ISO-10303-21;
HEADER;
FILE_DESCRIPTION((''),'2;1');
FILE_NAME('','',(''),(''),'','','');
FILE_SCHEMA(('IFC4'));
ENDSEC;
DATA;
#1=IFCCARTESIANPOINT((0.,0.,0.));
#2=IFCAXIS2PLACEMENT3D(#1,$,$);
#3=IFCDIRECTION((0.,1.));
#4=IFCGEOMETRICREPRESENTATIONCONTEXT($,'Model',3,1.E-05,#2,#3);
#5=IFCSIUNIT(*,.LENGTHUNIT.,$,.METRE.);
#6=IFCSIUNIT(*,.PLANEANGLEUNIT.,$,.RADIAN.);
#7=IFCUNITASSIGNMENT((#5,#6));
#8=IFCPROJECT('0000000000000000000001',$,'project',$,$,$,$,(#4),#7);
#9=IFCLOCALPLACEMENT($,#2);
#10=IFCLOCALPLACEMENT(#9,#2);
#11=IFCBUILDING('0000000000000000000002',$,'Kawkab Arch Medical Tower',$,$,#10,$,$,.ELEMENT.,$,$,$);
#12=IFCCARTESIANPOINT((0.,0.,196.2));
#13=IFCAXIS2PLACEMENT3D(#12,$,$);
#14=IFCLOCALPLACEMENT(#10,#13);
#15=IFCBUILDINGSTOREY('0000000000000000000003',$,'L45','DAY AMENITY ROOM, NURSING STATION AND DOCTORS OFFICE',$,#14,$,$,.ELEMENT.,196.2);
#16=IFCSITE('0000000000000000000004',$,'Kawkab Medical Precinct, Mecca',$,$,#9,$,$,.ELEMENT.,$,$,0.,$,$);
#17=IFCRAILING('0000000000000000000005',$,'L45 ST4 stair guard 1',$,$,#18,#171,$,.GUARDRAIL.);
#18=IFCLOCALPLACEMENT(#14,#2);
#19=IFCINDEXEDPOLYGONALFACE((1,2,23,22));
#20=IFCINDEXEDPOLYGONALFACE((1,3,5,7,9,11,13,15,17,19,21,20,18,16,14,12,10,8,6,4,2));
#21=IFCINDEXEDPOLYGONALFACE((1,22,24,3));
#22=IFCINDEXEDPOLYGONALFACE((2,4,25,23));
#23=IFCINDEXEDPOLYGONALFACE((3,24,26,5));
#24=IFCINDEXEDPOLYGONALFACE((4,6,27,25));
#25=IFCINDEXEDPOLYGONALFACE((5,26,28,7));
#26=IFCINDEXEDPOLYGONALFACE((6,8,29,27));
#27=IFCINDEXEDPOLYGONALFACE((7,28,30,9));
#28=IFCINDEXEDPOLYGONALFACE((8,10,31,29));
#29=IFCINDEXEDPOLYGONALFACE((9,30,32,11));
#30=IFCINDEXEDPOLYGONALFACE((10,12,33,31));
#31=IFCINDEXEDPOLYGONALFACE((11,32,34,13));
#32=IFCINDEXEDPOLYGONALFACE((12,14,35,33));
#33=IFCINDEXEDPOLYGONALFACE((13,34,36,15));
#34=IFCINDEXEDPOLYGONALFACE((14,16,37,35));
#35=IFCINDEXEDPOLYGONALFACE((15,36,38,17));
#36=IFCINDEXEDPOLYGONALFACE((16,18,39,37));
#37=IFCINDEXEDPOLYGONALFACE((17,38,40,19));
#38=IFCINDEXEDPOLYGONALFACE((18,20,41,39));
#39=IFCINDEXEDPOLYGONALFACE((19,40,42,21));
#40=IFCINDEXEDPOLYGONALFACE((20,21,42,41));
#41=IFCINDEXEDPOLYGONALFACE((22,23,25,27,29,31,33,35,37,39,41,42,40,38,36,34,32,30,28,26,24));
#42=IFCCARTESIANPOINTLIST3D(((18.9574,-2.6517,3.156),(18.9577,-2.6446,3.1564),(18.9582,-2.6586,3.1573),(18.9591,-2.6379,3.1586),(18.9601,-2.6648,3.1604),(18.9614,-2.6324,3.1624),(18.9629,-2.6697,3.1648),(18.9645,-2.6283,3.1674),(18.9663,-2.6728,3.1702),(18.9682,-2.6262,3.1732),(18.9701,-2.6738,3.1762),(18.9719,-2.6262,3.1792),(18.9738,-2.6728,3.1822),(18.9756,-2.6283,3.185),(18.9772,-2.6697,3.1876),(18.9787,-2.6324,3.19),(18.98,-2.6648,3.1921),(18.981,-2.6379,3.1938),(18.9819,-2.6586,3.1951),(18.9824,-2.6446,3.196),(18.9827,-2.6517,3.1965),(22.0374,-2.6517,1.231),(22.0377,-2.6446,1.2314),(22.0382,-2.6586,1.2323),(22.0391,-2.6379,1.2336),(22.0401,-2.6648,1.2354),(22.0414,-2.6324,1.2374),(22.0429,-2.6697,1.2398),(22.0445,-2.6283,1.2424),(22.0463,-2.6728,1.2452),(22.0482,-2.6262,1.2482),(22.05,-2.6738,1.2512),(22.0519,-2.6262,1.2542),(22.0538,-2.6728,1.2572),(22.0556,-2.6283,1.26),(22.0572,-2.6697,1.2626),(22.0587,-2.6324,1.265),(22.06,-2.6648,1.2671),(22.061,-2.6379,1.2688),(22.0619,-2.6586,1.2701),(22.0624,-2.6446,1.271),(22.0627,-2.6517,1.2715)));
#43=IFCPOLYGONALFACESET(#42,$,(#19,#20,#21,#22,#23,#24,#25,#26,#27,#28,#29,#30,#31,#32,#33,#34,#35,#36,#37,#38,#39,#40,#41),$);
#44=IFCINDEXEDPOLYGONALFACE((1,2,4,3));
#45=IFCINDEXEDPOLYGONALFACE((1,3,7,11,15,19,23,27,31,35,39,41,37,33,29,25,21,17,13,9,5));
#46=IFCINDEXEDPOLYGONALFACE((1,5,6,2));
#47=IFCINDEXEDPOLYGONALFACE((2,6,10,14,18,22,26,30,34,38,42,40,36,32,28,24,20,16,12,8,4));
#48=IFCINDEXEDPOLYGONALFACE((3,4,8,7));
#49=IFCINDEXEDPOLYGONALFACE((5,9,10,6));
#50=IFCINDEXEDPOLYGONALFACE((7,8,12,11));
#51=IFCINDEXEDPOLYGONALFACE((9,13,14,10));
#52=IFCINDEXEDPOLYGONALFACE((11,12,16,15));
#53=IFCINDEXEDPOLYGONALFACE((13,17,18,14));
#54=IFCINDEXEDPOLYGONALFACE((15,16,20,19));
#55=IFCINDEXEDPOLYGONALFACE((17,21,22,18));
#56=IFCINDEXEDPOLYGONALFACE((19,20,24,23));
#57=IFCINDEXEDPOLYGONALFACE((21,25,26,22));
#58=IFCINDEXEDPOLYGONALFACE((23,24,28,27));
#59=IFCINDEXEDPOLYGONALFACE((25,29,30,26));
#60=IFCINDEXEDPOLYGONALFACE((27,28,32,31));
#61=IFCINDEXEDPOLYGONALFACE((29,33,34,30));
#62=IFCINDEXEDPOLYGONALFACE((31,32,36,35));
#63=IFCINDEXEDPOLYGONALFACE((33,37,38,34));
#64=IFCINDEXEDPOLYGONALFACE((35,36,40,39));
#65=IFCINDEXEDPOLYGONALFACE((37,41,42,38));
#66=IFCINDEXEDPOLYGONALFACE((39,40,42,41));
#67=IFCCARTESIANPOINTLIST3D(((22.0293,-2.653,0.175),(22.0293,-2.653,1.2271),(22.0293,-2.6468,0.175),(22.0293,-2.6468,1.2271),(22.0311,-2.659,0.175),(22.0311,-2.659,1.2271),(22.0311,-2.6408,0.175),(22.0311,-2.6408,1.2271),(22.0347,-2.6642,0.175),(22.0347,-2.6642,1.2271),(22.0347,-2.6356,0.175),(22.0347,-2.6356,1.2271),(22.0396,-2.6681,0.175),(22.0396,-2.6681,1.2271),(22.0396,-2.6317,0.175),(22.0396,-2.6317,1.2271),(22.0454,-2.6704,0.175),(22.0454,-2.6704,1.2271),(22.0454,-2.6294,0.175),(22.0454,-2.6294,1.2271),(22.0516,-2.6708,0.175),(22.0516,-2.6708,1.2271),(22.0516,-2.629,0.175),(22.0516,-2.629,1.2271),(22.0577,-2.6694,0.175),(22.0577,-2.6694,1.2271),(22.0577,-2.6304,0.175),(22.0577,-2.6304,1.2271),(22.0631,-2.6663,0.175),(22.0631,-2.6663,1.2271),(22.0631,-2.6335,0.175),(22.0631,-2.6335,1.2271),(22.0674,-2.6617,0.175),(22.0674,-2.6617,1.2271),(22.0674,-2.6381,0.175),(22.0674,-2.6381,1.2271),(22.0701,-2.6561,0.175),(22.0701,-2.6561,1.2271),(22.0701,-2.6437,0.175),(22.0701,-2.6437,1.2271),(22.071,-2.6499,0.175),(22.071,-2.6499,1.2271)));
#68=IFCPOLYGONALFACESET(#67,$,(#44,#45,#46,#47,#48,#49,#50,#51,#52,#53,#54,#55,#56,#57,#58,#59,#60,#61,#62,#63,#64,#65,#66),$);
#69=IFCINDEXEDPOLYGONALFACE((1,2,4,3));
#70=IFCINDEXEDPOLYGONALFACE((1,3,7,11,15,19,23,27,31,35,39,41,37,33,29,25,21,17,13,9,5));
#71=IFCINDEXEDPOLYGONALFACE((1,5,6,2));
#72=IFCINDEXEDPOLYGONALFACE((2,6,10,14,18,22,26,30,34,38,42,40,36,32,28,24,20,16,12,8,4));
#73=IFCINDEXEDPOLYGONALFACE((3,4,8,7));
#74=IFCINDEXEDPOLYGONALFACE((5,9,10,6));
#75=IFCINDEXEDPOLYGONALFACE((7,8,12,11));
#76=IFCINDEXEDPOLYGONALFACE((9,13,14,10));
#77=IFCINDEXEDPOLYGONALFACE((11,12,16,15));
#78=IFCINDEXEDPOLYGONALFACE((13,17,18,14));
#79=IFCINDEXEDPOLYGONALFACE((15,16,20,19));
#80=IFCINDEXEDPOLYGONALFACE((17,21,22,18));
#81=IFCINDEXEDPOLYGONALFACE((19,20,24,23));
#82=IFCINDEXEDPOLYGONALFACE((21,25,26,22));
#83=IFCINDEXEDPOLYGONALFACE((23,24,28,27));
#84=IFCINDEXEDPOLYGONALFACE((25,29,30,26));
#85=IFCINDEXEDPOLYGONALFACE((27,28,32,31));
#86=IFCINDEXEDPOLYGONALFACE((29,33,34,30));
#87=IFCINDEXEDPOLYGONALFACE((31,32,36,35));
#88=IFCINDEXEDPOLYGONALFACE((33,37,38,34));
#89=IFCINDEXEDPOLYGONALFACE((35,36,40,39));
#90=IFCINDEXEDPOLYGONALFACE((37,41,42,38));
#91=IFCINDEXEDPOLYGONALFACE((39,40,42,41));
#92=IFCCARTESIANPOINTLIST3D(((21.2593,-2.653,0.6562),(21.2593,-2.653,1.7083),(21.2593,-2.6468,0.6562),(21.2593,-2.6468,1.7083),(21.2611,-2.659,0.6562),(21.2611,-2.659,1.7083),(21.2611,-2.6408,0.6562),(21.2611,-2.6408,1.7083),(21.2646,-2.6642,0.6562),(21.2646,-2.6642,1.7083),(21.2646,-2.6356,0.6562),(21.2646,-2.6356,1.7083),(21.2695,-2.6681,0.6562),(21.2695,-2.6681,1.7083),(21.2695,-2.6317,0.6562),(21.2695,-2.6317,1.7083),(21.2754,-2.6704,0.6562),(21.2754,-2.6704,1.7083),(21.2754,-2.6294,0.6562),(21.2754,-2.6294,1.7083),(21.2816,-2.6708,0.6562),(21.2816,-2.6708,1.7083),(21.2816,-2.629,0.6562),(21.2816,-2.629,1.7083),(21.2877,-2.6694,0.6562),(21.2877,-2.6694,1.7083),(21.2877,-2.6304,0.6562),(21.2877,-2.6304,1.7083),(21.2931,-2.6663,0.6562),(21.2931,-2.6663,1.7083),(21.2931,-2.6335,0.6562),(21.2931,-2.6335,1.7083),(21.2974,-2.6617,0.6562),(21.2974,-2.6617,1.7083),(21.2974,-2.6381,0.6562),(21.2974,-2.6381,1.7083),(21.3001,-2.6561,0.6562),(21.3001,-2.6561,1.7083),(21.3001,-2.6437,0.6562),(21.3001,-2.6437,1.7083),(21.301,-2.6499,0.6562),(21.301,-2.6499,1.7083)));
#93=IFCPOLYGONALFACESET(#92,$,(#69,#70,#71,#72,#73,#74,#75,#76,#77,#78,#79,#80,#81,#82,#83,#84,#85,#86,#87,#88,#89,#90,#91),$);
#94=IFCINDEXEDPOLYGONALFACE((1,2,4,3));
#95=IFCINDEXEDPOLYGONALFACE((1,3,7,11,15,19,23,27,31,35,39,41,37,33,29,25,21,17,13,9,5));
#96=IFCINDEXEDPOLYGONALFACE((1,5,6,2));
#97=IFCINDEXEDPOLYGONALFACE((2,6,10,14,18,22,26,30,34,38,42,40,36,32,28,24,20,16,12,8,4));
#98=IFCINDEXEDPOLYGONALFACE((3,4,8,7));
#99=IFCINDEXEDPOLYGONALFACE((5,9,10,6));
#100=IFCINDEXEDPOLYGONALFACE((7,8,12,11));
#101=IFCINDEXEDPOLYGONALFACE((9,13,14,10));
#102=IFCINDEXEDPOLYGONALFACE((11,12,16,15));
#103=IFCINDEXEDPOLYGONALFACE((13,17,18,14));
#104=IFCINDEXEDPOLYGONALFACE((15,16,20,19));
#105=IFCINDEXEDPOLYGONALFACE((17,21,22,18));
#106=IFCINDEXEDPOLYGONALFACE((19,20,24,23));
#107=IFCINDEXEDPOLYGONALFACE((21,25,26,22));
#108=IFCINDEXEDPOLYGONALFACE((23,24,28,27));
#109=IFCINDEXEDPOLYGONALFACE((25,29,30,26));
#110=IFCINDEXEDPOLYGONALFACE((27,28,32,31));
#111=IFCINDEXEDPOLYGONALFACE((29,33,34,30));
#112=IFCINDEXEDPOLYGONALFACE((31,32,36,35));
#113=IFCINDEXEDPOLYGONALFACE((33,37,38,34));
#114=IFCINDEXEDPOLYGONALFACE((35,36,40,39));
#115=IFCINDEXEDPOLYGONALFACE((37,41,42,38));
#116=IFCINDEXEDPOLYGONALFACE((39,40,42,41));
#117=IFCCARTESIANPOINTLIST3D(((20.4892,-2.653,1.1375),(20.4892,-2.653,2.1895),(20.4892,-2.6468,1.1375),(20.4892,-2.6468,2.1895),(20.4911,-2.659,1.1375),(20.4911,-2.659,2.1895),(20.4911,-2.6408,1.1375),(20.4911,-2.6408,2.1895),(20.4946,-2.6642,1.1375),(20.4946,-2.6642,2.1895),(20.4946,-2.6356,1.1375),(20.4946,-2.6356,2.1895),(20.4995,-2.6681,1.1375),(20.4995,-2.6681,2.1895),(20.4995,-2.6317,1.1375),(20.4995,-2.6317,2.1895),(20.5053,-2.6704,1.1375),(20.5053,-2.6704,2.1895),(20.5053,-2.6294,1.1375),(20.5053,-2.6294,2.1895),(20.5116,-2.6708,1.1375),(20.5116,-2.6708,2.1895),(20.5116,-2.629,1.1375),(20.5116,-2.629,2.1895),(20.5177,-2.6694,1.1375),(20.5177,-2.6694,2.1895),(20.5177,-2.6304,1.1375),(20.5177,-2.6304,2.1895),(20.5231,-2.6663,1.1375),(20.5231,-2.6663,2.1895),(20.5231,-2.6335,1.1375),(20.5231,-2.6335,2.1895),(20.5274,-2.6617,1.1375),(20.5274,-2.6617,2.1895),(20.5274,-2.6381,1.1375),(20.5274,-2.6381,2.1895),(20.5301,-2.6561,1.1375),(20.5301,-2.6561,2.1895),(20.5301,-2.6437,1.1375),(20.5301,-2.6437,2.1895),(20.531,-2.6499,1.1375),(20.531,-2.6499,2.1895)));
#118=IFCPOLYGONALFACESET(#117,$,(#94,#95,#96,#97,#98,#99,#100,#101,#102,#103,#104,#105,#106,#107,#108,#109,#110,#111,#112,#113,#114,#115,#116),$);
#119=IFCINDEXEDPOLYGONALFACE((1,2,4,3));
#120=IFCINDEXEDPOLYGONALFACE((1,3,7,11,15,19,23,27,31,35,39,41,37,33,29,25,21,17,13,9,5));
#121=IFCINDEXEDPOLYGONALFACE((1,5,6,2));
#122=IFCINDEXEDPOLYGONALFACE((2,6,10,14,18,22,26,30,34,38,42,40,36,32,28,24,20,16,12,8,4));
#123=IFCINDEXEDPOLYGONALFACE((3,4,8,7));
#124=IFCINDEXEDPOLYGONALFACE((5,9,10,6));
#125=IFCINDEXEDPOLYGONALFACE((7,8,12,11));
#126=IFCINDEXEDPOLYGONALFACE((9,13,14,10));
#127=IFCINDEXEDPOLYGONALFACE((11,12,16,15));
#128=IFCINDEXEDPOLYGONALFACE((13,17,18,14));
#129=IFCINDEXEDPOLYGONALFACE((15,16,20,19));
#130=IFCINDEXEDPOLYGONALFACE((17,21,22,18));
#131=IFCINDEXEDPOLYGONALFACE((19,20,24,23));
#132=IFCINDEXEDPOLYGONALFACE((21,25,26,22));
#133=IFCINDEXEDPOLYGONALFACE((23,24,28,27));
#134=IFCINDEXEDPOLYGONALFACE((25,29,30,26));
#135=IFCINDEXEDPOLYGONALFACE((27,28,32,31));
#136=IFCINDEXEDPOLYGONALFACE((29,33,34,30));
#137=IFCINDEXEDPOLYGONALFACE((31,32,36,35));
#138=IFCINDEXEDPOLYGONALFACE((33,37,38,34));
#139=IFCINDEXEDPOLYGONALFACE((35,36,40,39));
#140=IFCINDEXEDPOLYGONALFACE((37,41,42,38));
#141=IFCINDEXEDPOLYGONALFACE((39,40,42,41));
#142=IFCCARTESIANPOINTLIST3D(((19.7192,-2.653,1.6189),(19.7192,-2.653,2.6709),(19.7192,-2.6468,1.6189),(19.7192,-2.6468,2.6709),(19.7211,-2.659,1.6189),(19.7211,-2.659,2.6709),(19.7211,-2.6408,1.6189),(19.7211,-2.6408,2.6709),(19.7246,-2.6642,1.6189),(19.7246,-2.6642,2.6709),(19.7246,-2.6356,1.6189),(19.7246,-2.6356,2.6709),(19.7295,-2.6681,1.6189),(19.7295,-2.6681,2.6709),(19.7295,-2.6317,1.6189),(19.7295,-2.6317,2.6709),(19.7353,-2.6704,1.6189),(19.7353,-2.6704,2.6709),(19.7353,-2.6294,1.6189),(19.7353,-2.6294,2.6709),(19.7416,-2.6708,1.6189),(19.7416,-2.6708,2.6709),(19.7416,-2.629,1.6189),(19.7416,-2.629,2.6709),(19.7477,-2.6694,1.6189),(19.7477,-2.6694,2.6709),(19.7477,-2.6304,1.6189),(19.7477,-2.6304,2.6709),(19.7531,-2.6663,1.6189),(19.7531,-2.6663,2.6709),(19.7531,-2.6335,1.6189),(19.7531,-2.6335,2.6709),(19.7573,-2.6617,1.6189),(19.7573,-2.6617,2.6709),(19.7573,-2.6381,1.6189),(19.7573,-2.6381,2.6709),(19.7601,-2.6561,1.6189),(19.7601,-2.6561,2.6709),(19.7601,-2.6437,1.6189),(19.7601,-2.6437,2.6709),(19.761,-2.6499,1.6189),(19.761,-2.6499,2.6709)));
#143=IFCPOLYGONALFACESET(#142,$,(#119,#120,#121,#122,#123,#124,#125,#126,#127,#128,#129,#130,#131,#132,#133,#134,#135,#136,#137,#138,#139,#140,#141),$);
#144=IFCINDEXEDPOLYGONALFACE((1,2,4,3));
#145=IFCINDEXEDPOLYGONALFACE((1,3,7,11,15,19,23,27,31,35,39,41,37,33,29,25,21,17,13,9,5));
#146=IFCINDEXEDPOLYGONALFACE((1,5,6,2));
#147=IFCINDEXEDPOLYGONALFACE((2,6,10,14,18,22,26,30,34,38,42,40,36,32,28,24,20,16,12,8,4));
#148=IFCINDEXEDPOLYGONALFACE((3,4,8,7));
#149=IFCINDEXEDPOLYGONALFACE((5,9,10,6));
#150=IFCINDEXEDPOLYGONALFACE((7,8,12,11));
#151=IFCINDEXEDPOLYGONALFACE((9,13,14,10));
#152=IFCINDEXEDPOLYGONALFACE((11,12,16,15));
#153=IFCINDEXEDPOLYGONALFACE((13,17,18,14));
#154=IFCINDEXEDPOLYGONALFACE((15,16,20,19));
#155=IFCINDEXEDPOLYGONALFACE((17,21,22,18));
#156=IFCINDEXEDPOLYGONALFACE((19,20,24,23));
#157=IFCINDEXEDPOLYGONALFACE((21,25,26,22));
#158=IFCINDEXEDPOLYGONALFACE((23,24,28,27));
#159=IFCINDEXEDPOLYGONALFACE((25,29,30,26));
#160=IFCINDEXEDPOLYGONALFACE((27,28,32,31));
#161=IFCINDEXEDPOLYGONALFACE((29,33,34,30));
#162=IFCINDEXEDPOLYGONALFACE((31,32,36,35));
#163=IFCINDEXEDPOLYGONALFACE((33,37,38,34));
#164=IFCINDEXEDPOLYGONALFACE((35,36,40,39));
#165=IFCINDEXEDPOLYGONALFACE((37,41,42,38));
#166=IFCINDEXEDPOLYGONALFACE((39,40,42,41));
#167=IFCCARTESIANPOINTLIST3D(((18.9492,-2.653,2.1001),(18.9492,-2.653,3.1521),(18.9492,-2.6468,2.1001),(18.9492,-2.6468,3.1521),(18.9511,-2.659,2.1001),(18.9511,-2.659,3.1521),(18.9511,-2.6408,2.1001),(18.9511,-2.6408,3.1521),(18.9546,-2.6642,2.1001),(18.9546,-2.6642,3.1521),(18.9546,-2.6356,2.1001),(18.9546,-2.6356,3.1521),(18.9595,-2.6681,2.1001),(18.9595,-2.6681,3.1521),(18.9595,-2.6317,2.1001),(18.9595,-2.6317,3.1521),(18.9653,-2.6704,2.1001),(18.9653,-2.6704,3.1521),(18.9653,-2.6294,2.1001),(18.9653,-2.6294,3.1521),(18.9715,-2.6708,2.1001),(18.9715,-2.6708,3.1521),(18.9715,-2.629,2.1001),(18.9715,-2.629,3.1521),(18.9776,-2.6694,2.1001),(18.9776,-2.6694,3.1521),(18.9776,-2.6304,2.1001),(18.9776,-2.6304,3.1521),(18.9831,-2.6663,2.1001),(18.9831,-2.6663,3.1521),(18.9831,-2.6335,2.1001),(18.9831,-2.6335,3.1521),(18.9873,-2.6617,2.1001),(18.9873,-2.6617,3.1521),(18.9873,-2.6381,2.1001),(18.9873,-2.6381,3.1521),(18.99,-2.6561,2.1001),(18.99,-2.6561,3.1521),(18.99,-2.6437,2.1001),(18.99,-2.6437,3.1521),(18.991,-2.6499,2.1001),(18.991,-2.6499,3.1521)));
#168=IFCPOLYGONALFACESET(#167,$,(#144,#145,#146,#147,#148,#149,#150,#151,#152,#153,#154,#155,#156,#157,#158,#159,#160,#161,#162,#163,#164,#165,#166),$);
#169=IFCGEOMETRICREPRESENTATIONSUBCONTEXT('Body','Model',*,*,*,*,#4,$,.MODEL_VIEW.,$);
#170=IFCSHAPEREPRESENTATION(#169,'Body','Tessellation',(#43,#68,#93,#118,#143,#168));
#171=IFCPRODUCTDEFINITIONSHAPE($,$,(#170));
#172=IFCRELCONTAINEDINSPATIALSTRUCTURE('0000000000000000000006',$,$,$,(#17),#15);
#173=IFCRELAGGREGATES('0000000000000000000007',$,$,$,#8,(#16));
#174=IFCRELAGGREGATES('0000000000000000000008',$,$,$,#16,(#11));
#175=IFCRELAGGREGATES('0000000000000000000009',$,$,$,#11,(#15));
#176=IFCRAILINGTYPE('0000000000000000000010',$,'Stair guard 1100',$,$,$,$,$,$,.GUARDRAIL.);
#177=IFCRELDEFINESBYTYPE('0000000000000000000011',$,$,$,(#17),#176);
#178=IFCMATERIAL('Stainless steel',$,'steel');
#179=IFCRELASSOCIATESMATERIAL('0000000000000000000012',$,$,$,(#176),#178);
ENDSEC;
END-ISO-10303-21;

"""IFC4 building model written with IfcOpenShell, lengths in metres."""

from ifc_helpers import new_model, si_unit, direction, frame, origin, origin_2d, place, context, subcontext, project, spatial, circle, extrude, material, type_object, element, save


model = new_model("IFC4")

# Units and contexts
model_context = context("Model", 3, precision=1e-05, world=origin(), true_north=direction((0.0, 1.0)))
body_context = subcontext(model_context, "Body", "Model", "MODEL_VIEW")
ifc_project = project(units=[si_unit("LENGTHUNIT", "METRE"), si_unit("PLANEANGLEUNIT", "RADIAN")], contexts=[model_context])

# Site, building, storey
site_placement = place(None, origin())
site = spatial("IfcSite", under=ifc_project, at=site_placement, Name="Kawkab Medical Precinct, Mecca", CompositionType="ELEMENT", RefElevation=0.0)
building_placement = place(site_placement, origin())
building = spatial("IfcBuilding", under=site, at=building_placement, Name="Kawkab Arch Medical Tower", CompositionType="ELEMENT")
storey_placement = place(building_placement, frame((0.0, 0.0, 196.2)))
storey = spatial("IfcBuildingStorey", under=building, at=storey_placement, Name="L45", Description="DAY AMENITY ROOM, NURSING STATION AND DOCTORS OFFICE", CompositionType="ELEMENT", Elevation=196.2)

# Railing
ifc_material_1 = material(Name="Stainless steel", Category="steel")
railing_type = type_object("IfcRailingType", Name="Stair guard 1100", PredefinedType="GUARDRAIL", material=ifc_material_1)
railing_1_placement = place(storey_placement, frame((22.05, -2.6499, 0.175)))
element("IfcRailing", 1, at=railing_1_placement, inside=storey, type_object=railing_type, Name="L45 ST4 stair guard 1", PredefinedType="GUARDRAIL", context=body_context, shape_type="SweptSolid", body=[
    extrude(circle(Radius=0.0239, at=origin_2d()), frame((0.0, 0.0, 1.0762), z_axis=(-0.847998, 0.0, 0.529999), x_axis=(0.0, -1.0, 0.0)), (0.0, 0.0, 1.0), 3.6321),
    extrude(circle(Radius=0.021, at=origin_2d()), origin(), (0.0, 0.0, 1.0), 1.052),
    extrude(circle(Radius=0.021, at=origin_2d()), frame((-0.77, 0.0, 0.4812)), (0.0, 0.0, 1.0), 1.052),
    extrude(circle(Radius=0.021, at=origin_2d()), frame((-1.54, 0.0, 0.9624)), (0.0, 0.0, 1.0), 1.052),
    extrude(circle(Radius=0.021, at=origin_2d()), frame((-2.3101, 0.0, 1.4438)), (0.0, 0.0, 1.0), 1.052),
    extrude(circle(Radius=0.021, at=origin_2d()), frame((-3.0801, 0.0, 1.925)), (0.0, 0.0, 1.0), 1.052),
])

save(model, "model.ifc")
